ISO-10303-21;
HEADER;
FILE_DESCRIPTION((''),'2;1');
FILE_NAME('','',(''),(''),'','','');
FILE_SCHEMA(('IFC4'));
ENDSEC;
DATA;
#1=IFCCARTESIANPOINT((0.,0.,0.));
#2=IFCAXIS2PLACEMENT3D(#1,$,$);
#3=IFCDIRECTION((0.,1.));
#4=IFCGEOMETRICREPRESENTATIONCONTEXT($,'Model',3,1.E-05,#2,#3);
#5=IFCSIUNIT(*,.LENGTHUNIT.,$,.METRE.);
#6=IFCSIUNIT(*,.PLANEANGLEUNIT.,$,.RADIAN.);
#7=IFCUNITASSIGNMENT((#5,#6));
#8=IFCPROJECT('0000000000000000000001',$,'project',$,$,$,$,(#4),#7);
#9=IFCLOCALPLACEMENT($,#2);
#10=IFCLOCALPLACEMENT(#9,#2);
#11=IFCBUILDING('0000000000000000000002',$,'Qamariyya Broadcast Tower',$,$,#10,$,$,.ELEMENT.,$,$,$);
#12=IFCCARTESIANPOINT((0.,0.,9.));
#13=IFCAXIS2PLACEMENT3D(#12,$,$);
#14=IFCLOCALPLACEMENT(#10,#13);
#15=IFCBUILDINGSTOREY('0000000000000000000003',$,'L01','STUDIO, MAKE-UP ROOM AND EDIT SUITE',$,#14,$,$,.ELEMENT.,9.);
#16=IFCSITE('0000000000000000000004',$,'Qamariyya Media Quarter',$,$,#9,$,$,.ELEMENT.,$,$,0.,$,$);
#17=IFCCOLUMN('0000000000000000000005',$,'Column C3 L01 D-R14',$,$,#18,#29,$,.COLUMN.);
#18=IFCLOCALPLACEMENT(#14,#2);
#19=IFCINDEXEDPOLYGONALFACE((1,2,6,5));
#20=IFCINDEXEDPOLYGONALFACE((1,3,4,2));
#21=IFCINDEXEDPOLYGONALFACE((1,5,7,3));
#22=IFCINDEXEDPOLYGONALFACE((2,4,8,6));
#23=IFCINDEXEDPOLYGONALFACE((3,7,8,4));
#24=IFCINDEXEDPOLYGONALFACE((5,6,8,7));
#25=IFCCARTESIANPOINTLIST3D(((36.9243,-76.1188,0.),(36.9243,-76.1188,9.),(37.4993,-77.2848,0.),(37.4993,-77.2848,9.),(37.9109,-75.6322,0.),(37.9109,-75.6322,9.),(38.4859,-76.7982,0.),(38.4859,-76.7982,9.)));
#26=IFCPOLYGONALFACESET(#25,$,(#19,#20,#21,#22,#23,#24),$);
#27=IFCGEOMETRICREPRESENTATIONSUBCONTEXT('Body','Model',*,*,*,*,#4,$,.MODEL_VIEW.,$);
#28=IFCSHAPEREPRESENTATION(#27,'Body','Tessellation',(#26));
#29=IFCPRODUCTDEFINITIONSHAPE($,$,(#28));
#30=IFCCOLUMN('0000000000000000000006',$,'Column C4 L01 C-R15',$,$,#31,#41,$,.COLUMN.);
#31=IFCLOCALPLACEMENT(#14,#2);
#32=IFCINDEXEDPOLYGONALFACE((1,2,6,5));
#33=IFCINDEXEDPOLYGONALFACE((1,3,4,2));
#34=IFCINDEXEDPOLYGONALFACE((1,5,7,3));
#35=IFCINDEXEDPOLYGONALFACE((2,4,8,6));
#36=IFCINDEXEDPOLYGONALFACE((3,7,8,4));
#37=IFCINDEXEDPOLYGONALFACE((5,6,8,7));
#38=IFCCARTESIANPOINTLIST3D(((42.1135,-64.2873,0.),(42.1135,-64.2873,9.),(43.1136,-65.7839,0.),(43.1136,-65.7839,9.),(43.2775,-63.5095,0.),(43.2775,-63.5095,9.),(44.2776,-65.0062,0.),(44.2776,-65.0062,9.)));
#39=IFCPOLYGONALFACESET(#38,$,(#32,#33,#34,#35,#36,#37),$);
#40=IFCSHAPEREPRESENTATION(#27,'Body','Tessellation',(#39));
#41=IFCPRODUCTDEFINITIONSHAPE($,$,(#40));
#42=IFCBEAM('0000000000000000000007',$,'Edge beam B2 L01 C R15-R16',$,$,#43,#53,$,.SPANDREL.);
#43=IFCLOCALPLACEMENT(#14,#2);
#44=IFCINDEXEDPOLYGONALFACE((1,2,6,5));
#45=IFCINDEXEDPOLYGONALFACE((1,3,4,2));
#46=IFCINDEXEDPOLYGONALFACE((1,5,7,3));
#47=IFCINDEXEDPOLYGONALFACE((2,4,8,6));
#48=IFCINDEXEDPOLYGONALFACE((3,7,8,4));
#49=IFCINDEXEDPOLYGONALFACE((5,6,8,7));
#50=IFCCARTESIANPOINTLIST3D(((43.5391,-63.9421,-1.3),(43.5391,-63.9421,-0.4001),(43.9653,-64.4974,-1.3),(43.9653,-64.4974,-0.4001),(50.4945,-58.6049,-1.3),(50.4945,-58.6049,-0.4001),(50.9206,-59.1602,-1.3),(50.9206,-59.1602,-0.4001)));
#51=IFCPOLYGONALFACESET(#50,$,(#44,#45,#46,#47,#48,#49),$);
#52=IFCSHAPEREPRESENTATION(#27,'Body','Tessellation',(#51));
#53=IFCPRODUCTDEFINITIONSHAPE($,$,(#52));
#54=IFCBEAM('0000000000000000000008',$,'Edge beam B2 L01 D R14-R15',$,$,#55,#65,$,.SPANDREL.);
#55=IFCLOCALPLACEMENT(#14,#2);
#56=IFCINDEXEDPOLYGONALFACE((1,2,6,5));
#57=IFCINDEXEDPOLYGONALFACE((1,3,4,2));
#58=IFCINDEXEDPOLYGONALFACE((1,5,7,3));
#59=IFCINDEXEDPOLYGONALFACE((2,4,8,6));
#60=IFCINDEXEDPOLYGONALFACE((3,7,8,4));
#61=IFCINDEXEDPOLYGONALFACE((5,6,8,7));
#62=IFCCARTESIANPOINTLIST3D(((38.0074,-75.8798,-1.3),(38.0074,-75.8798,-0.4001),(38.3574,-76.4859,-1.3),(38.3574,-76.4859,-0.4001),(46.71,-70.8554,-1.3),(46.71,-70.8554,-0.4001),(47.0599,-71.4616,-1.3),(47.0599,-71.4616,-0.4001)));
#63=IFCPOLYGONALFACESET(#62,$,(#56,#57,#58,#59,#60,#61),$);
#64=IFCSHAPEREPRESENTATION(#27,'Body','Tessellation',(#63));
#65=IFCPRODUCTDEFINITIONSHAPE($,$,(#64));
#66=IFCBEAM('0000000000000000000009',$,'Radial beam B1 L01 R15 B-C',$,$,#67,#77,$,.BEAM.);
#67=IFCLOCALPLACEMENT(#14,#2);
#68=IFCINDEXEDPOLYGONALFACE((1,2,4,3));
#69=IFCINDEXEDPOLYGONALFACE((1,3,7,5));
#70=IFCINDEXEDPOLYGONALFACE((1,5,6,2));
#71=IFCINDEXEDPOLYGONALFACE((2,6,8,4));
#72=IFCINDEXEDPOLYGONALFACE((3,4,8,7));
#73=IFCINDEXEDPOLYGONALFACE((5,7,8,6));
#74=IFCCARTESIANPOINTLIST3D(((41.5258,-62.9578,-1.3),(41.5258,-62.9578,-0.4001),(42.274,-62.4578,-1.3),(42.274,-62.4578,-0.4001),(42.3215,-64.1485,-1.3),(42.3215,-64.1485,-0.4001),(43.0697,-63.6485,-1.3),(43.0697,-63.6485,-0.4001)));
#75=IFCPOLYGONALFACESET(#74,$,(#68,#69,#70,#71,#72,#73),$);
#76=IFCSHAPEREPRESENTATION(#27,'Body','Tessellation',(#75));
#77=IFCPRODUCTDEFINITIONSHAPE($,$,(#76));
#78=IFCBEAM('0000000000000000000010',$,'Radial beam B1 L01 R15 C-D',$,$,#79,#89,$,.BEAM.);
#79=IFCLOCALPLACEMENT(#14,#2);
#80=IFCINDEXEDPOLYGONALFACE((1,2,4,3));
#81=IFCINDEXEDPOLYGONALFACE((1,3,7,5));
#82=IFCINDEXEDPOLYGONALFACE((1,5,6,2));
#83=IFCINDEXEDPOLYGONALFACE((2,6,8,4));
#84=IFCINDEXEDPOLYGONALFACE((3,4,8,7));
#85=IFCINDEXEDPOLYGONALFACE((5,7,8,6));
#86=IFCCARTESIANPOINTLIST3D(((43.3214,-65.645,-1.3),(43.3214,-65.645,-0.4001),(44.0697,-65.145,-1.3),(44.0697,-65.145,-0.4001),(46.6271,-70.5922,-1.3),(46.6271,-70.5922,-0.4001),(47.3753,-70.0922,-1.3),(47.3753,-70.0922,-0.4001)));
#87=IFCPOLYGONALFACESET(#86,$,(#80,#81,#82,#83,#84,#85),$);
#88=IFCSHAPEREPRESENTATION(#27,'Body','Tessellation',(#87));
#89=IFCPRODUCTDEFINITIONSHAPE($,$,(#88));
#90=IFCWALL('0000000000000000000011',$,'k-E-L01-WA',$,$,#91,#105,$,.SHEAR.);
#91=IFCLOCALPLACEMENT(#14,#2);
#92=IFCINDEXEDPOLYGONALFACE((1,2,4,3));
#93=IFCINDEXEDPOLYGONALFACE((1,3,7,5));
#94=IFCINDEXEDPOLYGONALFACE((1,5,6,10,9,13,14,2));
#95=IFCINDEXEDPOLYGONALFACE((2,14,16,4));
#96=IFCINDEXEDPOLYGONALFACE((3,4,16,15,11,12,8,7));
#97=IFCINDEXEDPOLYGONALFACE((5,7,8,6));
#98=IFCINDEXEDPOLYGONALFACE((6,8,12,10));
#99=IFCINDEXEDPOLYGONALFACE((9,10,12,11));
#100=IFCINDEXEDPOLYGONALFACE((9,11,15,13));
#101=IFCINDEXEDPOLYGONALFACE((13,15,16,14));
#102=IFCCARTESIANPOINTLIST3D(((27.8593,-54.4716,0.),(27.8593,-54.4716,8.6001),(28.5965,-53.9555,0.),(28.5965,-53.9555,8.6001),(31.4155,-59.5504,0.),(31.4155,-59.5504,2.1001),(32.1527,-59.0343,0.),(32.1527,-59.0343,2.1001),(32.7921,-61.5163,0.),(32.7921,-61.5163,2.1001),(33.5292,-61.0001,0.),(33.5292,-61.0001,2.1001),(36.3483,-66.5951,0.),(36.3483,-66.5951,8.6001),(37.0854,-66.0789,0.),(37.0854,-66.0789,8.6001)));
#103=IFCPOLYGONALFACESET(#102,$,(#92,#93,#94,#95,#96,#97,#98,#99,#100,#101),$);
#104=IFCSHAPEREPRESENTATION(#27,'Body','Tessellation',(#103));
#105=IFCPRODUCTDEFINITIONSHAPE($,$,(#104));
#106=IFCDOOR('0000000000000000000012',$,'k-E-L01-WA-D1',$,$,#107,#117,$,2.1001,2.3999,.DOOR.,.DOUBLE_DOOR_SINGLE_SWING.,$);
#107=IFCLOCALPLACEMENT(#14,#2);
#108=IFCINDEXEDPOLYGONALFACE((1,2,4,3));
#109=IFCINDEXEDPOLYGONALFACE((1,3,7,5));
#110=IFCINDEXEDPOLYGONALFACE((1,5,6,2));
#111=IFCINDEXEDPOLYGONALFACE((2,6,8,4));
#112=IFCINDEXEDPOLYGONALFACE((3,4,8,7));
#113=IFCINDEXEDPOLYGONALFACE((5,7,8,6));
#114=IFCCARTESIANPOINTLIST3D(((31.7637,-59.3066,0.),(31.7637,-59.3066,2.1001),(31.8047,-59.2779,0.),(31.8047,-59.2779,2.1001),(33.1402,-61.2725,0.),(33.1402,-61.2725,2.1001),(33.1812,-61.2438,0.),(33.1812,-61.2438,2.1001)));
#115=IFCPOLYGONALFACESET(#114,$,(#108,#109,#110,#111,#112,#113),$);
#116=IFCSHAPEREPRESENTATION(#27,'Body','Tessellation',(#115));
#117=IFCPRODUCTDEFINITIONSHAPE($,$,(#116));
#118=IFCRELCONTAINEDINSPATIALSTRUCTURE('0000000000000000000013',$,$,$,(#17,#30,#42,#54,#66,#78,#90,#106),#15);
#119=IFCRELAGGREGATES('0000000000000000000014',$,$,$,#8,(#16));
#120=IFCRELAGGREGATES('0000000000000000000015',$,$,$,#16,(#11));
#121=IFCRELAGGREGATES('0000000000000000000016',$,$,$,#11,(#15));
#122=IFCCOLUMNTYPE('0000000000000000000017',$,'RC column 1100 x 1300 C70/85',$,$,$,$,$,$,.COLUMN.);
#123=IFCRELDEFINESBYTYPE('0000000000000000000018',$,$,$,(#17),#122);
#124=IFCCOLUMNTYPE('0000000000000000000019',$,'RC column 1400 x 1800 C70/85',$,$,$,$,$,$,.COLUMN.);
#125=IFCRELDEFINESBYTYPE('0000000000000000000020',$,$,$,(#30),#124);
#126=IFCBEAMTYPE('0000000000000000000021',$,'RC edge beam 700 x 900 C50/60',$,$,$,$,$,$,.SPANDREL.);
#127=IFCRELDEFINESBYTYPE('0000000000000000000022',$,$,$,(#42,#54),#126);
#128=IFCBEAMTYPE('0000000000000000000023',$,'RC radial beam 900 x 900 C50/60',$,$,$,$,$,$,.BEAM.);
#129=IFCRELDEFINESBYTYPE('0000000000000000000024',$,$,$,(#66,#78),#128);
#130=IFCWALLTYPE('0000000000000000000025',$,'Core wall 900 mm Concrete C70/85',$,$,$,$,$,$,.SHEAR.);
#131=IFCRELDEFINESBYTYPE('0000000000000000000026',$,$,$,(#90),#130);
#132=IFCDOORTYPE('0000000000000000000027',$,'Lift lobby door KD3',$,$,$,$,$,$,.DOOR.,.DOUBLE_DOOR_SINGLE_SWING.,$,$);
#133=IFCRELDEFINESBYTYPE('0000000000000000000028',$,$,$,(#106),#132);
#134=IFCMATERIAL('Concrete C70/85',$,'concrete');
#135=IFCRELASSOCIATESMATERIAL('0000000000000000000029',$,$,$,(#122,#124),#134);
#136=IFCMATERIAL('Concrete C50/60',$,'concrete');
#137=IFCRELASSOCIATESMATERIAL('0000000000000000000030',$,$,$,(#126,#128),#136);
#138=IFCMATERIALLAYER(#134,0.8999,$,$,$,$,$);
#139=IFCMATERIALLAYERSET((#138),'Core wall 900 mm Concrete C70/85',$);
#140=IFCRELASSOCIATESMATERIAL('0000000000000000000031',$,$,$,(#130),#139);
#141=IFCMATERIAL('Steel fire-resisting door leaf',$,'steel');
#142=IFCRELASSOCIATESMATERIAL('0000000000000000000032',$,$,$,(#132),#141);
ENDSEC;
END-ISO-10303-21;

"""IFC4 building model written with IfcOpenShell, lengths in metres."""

from ifc_helpers import new_model, si_unit, direction, frame, frame_2d, origin, origin_2d, place, context, subcontext, project, spatial, rectangle, extrude, material, layer, layer_set, material_profile, profile_set, type_object, element, fill, save


model = new_model("IFC4")

# Units and contexts
model_context = context("Model", 3, precision=1e-05, world=origin(), true_north=direction((0.0, 1.0)))
body_context = subcontext(model_context, "Body", "Model", "MODEL_VIEW")
ifc_project = project(units=[si_unit("LENGTHUNIT", "METRE"), si_unit("PLANEANGLEUNIT", "RADIAN")], contexts=[model_context])

# Site, building, storey
site_placement = place(None, origin())
site = spatial("IfcSite", under=ifc_project, at=site_placement, Name="Qamariyya Media Quarter", CompositionType="ELEMENT", RefElevation=0.0)
building_placement = place(site_placement, origin())
building = spatial("IfcBuilding", under=site, at=building_placement, Name="Qamariyya Broadcast Tower", CompositionType="ELEMENT")
storey_placement = place(building_placement, frame((0.0, 0.0, 9.0)))
storey = spatial("IfcBuildingStorey", under=building, at=storey_placement, Name="L01", Description="STUDIO, MAKE-UP ROOM AND EDIT SUITE", CompositionType="ELEMENT", Elevation=9.0)

# Columns
ifc_material_1 = material(Name="Concrete C70/85", Category="concrete")
ifc_material_profile_1 = material_profile(ifc_material_1, rectangle(XDim=1.1001, YDim=1.3, at=origin_2d()))
ifc_profile_set_1 = profile_set([ifc_material_profile_1], Name="Concrete C70/85")
column_type_1 = type_object("IfcColumnType", Name="RC column 1100 x 1300 C70/85", PredefinedType="COLUMN", material=ifc_profile_set_1)
column_1_placement = place(storey_placement, frame((37.7051, -76.4585, 0.0), z_axis=(0.0, 0.0, 1.0), x_axis=(0.896873, 0.442289, 0.0)))
element("IfcColumn", 1, at=column_1_placement, inside=storey, type_object=column_type_1, Name="Column C3 L01 D-R14", PredefinedType="COLUMN", context=body_context, shape_type="SweptSolid", body=[
    extrude(rectangle(XDim=1.1001, YDim=1.3, at=origin_2d()), origin(), (0.0, 0.0, 1.0), 9.0),
])
ifc_material_profile_2 = material_profile(ifc_material_1, rectangle(XDim=1.3999, YDim=1.8, at=origin_2d()))
ifc_profile_set_2 = profile_set([ifc_material_profile_2], Name="Concrete C70/85")
column_type_2 = type_object("IfcColumnType", Name="RC column 1400 x 1800 C70/85", PredefinedType="COLUMN", material=ifc_profile_set_2)
column_2_placement = place(storey_placement, frame((43.1956, -64.6467, 0.0), z_axis=(0.0, 0.0, 1.0), x_axis=(0.83147, 0.55557, 0.0)))
element("IfcColumn", 2, at=column_2_placement, inside=storey, type_object=column_type_2, Name="Column C4 L01 C-R15", PredefinedType="COLUMN", context=body_context, shape_type="SweptSolid", body=[
    extrude(rectangle(XDim=1.3999, YDim=1.8, at=origin_2d()), origin(), (0.0, 0.0, 1.0), 9.0),
])

# Beams
ifc_material_2 = material(Name="Concrete C50/60", Category="concrete")
ifc_material_profile_3 = material_profile(ifc_material_2, rectangle(XDim=0.7, YDim=0.8999, at=origin_2d()))
ifc_profile_set_3 = profile_set([ifc_material_profile_3], Name="Concrete C50/60")
beam_type_1 = type_object("IfcBeamType", Name="RC edge beam 700 x 900 C50/60", PredefinedType="SPANDREL", material=ifc_profile_set_3)
beam_1_placement = place(storey_placement, frame((43.7522, -64.2197, -0.8501), z_axis=(0.793345, 0.608772, 0.0), x_axis=(-0.608772, 0.793345, 0.0)))
element("IfcBeam", 3, at=beam_1_placement, inside=storey, type_object=beam_type_1, Name="Edge beam B2 L01 C R15-R16", PredefinedType="SPANDREL", context=body_context, shape_type="SweptSolid", body=[
    extrude(rectangle(XDim=0.7, YDim=0.8999, at=origin_2d()), origin(), (0.0, 0.0, 1.0), 8.7671),
])
beam_2_placement = place(storey_placement, frame((38.1824, -76.1829, -0.8501), z_axis=(0.866028, 0.499996, 0.0), x_axis=(-0.499996, 0.866028, 0.0)))
element("IfcBeam", 4, at=beam_2_placement, inside=storey, type_object=beam_type_1, Name="Edge beam B2 L01 D R14-R15", PredefinedType="SPANDREL", context=body_context, shape_type="SweptSolid", body=[
    extrude(rectangle(XDim=0.7, YDim=0.8999, at=origin_2d()), origin(), (0.0, 0.0, 1.0), 10.0488),
])
ifc_material_profile_4 = material_profile(ifc_material_2, rectangle(XDim=0.8999, YDim=0.8999, at=origin_2d()))
ifc_profile_set_4 = profile_set([ifc_material_profile_4], Name="Concrete C50/60")
beam_type_2 = type_object("IfcBeamType", Name="RC radial beam 900 x 900 C50/60", PredefinedType="BEAM", material=ifc_profile_set_4)
beam_3_placement = place(storey_placement, frame((41.8999, -62.7078, -0.8501), z_axis=(0.555605, -0.831447, 0.0), x_axis=(0.831447, 0.555605, 0.0)))
element("IfcBeam", 5, at=beam_3_placement, inside=storey, type_object=beam_type_2, Name="Radial beam B1 L01 R15 B-C", PredefinedType="BEAM", context=body_context, shape_type="SweptSolid", body=[
    extrude(rectangle(XDim=0.8999, YDim=0.8999, at=origin_2d()), origin(), (0.0, 0.0, 1.0), 1.4321),
])
beam_4_placement = place(storey_placement, frame((43.6956, -65.395, -0.8501), z_axis=(0.555571, -0.831469, 0.0), x_axis=(0.831469, 0.555571, 0.0)))
element("IfcBeam", 6, at=beam_4_placement, inside=storey, type_object=beam_type_2, Name="Radial beam B1 L01 R15 C-D", PredefinedType="BEAM", context=body_context, shape_type="SweptSolid", body=[
    extrude(rectangle(XDim=0.8999, YDim=0.8999, at=origin_2d()), origin(), (0.0, 0.0, 1.0), 5.95),
])

# Wall, opening, door
ifc_layer_1 = layer(ifc_material_1, 0.8999)
ifc_layer_set_1 = layer_set([ifc_layer_1], Name="Core wall 900 mm Concrete C70/85")
wall_type_1 = type_object("IfcWallType", Name="Core wall 900 mm Concrete C70/85", PredefinedType="SHEAR", material=ifc_layer_set_1)
wall_1_placement = place(storey_placement, frame((36.7168, -66.3369, 0.0), z_axis=(0.0, 0.0, 1.0), x_axis=(-0.573577, 0.819151, 0.0)))
wall_1 = element("IfcWall", 7, at=wall_1_placement, inside=storey, type_object=wall_type_1, Name="k-E-L01-WA", PredefinedType="SHEAR", context=body_context, shape_type="SweptSolid", body=[
    extrude(rectangle(XDim=14.8, YDim=0.8999, at=frame_2d((7.3999, 0.0))), origin(), (0.0, 0.0, 1.0), 8.6001),
])
opening_1_placement = place(wall_1_placement, frame((6.2, 0.0, 0.0)))
opening_1 = element("IfcOpeningElement", 8, at=opening_1_placement, cuts=wall_1, PredefinedType="OPENING", context=body_context, shape_type="SweptSolid", body=[
    extrude(rectangle(XDim=2.3999, YDim=2.1001, at=frame_2d((1.2, 1.05))), frame((0.0, 0.46, 0.0), z_axis=(0.0, -1.0, 0.0), x_axis=(1.0, 0.0, 0.0)), (0.0, 0.0, 1.0), 0.9199),
])
ifc_material_3 = material(Name="Steel fire-resisting door leaf", Category="steel")
door_type_1 = type_object("IfcDoorType", Name="Lift lobby door KD3", OperationType="DOUBLE_DOOR_SINGLE_SWING", PredefinedType="DOOR", material=ifc_material_3)
door_1_placement = place(opening_1_placement, origin())
door_1 = element("IfcDoor", 9, at=door_1_placement, inside=storey, type_object=door_type_1, Name="k-E-L01-WA-D1", OperationType="DOUBLE_DOOR_SINGLE_SWING", OverallHeight=2.1001, OverallWidth=2.3999, PredefinedType="DOOR", context=body_context, shape_type="SweptSolid", body=[
    extrude(rectangle(XDim=2.3999, YDim=2.1001, at=frame_2d((1.2, 1.05))), frame((0.0, 0.0249, 0.0), z_axis=(0.0, -1.0, 0.0), x_axis=(1.0, 0.0, 0.0)), (0.0, 0.0, 1.0), 0.05),
])
fill(opening_1, door_1)

save(model, "model.ifc")
